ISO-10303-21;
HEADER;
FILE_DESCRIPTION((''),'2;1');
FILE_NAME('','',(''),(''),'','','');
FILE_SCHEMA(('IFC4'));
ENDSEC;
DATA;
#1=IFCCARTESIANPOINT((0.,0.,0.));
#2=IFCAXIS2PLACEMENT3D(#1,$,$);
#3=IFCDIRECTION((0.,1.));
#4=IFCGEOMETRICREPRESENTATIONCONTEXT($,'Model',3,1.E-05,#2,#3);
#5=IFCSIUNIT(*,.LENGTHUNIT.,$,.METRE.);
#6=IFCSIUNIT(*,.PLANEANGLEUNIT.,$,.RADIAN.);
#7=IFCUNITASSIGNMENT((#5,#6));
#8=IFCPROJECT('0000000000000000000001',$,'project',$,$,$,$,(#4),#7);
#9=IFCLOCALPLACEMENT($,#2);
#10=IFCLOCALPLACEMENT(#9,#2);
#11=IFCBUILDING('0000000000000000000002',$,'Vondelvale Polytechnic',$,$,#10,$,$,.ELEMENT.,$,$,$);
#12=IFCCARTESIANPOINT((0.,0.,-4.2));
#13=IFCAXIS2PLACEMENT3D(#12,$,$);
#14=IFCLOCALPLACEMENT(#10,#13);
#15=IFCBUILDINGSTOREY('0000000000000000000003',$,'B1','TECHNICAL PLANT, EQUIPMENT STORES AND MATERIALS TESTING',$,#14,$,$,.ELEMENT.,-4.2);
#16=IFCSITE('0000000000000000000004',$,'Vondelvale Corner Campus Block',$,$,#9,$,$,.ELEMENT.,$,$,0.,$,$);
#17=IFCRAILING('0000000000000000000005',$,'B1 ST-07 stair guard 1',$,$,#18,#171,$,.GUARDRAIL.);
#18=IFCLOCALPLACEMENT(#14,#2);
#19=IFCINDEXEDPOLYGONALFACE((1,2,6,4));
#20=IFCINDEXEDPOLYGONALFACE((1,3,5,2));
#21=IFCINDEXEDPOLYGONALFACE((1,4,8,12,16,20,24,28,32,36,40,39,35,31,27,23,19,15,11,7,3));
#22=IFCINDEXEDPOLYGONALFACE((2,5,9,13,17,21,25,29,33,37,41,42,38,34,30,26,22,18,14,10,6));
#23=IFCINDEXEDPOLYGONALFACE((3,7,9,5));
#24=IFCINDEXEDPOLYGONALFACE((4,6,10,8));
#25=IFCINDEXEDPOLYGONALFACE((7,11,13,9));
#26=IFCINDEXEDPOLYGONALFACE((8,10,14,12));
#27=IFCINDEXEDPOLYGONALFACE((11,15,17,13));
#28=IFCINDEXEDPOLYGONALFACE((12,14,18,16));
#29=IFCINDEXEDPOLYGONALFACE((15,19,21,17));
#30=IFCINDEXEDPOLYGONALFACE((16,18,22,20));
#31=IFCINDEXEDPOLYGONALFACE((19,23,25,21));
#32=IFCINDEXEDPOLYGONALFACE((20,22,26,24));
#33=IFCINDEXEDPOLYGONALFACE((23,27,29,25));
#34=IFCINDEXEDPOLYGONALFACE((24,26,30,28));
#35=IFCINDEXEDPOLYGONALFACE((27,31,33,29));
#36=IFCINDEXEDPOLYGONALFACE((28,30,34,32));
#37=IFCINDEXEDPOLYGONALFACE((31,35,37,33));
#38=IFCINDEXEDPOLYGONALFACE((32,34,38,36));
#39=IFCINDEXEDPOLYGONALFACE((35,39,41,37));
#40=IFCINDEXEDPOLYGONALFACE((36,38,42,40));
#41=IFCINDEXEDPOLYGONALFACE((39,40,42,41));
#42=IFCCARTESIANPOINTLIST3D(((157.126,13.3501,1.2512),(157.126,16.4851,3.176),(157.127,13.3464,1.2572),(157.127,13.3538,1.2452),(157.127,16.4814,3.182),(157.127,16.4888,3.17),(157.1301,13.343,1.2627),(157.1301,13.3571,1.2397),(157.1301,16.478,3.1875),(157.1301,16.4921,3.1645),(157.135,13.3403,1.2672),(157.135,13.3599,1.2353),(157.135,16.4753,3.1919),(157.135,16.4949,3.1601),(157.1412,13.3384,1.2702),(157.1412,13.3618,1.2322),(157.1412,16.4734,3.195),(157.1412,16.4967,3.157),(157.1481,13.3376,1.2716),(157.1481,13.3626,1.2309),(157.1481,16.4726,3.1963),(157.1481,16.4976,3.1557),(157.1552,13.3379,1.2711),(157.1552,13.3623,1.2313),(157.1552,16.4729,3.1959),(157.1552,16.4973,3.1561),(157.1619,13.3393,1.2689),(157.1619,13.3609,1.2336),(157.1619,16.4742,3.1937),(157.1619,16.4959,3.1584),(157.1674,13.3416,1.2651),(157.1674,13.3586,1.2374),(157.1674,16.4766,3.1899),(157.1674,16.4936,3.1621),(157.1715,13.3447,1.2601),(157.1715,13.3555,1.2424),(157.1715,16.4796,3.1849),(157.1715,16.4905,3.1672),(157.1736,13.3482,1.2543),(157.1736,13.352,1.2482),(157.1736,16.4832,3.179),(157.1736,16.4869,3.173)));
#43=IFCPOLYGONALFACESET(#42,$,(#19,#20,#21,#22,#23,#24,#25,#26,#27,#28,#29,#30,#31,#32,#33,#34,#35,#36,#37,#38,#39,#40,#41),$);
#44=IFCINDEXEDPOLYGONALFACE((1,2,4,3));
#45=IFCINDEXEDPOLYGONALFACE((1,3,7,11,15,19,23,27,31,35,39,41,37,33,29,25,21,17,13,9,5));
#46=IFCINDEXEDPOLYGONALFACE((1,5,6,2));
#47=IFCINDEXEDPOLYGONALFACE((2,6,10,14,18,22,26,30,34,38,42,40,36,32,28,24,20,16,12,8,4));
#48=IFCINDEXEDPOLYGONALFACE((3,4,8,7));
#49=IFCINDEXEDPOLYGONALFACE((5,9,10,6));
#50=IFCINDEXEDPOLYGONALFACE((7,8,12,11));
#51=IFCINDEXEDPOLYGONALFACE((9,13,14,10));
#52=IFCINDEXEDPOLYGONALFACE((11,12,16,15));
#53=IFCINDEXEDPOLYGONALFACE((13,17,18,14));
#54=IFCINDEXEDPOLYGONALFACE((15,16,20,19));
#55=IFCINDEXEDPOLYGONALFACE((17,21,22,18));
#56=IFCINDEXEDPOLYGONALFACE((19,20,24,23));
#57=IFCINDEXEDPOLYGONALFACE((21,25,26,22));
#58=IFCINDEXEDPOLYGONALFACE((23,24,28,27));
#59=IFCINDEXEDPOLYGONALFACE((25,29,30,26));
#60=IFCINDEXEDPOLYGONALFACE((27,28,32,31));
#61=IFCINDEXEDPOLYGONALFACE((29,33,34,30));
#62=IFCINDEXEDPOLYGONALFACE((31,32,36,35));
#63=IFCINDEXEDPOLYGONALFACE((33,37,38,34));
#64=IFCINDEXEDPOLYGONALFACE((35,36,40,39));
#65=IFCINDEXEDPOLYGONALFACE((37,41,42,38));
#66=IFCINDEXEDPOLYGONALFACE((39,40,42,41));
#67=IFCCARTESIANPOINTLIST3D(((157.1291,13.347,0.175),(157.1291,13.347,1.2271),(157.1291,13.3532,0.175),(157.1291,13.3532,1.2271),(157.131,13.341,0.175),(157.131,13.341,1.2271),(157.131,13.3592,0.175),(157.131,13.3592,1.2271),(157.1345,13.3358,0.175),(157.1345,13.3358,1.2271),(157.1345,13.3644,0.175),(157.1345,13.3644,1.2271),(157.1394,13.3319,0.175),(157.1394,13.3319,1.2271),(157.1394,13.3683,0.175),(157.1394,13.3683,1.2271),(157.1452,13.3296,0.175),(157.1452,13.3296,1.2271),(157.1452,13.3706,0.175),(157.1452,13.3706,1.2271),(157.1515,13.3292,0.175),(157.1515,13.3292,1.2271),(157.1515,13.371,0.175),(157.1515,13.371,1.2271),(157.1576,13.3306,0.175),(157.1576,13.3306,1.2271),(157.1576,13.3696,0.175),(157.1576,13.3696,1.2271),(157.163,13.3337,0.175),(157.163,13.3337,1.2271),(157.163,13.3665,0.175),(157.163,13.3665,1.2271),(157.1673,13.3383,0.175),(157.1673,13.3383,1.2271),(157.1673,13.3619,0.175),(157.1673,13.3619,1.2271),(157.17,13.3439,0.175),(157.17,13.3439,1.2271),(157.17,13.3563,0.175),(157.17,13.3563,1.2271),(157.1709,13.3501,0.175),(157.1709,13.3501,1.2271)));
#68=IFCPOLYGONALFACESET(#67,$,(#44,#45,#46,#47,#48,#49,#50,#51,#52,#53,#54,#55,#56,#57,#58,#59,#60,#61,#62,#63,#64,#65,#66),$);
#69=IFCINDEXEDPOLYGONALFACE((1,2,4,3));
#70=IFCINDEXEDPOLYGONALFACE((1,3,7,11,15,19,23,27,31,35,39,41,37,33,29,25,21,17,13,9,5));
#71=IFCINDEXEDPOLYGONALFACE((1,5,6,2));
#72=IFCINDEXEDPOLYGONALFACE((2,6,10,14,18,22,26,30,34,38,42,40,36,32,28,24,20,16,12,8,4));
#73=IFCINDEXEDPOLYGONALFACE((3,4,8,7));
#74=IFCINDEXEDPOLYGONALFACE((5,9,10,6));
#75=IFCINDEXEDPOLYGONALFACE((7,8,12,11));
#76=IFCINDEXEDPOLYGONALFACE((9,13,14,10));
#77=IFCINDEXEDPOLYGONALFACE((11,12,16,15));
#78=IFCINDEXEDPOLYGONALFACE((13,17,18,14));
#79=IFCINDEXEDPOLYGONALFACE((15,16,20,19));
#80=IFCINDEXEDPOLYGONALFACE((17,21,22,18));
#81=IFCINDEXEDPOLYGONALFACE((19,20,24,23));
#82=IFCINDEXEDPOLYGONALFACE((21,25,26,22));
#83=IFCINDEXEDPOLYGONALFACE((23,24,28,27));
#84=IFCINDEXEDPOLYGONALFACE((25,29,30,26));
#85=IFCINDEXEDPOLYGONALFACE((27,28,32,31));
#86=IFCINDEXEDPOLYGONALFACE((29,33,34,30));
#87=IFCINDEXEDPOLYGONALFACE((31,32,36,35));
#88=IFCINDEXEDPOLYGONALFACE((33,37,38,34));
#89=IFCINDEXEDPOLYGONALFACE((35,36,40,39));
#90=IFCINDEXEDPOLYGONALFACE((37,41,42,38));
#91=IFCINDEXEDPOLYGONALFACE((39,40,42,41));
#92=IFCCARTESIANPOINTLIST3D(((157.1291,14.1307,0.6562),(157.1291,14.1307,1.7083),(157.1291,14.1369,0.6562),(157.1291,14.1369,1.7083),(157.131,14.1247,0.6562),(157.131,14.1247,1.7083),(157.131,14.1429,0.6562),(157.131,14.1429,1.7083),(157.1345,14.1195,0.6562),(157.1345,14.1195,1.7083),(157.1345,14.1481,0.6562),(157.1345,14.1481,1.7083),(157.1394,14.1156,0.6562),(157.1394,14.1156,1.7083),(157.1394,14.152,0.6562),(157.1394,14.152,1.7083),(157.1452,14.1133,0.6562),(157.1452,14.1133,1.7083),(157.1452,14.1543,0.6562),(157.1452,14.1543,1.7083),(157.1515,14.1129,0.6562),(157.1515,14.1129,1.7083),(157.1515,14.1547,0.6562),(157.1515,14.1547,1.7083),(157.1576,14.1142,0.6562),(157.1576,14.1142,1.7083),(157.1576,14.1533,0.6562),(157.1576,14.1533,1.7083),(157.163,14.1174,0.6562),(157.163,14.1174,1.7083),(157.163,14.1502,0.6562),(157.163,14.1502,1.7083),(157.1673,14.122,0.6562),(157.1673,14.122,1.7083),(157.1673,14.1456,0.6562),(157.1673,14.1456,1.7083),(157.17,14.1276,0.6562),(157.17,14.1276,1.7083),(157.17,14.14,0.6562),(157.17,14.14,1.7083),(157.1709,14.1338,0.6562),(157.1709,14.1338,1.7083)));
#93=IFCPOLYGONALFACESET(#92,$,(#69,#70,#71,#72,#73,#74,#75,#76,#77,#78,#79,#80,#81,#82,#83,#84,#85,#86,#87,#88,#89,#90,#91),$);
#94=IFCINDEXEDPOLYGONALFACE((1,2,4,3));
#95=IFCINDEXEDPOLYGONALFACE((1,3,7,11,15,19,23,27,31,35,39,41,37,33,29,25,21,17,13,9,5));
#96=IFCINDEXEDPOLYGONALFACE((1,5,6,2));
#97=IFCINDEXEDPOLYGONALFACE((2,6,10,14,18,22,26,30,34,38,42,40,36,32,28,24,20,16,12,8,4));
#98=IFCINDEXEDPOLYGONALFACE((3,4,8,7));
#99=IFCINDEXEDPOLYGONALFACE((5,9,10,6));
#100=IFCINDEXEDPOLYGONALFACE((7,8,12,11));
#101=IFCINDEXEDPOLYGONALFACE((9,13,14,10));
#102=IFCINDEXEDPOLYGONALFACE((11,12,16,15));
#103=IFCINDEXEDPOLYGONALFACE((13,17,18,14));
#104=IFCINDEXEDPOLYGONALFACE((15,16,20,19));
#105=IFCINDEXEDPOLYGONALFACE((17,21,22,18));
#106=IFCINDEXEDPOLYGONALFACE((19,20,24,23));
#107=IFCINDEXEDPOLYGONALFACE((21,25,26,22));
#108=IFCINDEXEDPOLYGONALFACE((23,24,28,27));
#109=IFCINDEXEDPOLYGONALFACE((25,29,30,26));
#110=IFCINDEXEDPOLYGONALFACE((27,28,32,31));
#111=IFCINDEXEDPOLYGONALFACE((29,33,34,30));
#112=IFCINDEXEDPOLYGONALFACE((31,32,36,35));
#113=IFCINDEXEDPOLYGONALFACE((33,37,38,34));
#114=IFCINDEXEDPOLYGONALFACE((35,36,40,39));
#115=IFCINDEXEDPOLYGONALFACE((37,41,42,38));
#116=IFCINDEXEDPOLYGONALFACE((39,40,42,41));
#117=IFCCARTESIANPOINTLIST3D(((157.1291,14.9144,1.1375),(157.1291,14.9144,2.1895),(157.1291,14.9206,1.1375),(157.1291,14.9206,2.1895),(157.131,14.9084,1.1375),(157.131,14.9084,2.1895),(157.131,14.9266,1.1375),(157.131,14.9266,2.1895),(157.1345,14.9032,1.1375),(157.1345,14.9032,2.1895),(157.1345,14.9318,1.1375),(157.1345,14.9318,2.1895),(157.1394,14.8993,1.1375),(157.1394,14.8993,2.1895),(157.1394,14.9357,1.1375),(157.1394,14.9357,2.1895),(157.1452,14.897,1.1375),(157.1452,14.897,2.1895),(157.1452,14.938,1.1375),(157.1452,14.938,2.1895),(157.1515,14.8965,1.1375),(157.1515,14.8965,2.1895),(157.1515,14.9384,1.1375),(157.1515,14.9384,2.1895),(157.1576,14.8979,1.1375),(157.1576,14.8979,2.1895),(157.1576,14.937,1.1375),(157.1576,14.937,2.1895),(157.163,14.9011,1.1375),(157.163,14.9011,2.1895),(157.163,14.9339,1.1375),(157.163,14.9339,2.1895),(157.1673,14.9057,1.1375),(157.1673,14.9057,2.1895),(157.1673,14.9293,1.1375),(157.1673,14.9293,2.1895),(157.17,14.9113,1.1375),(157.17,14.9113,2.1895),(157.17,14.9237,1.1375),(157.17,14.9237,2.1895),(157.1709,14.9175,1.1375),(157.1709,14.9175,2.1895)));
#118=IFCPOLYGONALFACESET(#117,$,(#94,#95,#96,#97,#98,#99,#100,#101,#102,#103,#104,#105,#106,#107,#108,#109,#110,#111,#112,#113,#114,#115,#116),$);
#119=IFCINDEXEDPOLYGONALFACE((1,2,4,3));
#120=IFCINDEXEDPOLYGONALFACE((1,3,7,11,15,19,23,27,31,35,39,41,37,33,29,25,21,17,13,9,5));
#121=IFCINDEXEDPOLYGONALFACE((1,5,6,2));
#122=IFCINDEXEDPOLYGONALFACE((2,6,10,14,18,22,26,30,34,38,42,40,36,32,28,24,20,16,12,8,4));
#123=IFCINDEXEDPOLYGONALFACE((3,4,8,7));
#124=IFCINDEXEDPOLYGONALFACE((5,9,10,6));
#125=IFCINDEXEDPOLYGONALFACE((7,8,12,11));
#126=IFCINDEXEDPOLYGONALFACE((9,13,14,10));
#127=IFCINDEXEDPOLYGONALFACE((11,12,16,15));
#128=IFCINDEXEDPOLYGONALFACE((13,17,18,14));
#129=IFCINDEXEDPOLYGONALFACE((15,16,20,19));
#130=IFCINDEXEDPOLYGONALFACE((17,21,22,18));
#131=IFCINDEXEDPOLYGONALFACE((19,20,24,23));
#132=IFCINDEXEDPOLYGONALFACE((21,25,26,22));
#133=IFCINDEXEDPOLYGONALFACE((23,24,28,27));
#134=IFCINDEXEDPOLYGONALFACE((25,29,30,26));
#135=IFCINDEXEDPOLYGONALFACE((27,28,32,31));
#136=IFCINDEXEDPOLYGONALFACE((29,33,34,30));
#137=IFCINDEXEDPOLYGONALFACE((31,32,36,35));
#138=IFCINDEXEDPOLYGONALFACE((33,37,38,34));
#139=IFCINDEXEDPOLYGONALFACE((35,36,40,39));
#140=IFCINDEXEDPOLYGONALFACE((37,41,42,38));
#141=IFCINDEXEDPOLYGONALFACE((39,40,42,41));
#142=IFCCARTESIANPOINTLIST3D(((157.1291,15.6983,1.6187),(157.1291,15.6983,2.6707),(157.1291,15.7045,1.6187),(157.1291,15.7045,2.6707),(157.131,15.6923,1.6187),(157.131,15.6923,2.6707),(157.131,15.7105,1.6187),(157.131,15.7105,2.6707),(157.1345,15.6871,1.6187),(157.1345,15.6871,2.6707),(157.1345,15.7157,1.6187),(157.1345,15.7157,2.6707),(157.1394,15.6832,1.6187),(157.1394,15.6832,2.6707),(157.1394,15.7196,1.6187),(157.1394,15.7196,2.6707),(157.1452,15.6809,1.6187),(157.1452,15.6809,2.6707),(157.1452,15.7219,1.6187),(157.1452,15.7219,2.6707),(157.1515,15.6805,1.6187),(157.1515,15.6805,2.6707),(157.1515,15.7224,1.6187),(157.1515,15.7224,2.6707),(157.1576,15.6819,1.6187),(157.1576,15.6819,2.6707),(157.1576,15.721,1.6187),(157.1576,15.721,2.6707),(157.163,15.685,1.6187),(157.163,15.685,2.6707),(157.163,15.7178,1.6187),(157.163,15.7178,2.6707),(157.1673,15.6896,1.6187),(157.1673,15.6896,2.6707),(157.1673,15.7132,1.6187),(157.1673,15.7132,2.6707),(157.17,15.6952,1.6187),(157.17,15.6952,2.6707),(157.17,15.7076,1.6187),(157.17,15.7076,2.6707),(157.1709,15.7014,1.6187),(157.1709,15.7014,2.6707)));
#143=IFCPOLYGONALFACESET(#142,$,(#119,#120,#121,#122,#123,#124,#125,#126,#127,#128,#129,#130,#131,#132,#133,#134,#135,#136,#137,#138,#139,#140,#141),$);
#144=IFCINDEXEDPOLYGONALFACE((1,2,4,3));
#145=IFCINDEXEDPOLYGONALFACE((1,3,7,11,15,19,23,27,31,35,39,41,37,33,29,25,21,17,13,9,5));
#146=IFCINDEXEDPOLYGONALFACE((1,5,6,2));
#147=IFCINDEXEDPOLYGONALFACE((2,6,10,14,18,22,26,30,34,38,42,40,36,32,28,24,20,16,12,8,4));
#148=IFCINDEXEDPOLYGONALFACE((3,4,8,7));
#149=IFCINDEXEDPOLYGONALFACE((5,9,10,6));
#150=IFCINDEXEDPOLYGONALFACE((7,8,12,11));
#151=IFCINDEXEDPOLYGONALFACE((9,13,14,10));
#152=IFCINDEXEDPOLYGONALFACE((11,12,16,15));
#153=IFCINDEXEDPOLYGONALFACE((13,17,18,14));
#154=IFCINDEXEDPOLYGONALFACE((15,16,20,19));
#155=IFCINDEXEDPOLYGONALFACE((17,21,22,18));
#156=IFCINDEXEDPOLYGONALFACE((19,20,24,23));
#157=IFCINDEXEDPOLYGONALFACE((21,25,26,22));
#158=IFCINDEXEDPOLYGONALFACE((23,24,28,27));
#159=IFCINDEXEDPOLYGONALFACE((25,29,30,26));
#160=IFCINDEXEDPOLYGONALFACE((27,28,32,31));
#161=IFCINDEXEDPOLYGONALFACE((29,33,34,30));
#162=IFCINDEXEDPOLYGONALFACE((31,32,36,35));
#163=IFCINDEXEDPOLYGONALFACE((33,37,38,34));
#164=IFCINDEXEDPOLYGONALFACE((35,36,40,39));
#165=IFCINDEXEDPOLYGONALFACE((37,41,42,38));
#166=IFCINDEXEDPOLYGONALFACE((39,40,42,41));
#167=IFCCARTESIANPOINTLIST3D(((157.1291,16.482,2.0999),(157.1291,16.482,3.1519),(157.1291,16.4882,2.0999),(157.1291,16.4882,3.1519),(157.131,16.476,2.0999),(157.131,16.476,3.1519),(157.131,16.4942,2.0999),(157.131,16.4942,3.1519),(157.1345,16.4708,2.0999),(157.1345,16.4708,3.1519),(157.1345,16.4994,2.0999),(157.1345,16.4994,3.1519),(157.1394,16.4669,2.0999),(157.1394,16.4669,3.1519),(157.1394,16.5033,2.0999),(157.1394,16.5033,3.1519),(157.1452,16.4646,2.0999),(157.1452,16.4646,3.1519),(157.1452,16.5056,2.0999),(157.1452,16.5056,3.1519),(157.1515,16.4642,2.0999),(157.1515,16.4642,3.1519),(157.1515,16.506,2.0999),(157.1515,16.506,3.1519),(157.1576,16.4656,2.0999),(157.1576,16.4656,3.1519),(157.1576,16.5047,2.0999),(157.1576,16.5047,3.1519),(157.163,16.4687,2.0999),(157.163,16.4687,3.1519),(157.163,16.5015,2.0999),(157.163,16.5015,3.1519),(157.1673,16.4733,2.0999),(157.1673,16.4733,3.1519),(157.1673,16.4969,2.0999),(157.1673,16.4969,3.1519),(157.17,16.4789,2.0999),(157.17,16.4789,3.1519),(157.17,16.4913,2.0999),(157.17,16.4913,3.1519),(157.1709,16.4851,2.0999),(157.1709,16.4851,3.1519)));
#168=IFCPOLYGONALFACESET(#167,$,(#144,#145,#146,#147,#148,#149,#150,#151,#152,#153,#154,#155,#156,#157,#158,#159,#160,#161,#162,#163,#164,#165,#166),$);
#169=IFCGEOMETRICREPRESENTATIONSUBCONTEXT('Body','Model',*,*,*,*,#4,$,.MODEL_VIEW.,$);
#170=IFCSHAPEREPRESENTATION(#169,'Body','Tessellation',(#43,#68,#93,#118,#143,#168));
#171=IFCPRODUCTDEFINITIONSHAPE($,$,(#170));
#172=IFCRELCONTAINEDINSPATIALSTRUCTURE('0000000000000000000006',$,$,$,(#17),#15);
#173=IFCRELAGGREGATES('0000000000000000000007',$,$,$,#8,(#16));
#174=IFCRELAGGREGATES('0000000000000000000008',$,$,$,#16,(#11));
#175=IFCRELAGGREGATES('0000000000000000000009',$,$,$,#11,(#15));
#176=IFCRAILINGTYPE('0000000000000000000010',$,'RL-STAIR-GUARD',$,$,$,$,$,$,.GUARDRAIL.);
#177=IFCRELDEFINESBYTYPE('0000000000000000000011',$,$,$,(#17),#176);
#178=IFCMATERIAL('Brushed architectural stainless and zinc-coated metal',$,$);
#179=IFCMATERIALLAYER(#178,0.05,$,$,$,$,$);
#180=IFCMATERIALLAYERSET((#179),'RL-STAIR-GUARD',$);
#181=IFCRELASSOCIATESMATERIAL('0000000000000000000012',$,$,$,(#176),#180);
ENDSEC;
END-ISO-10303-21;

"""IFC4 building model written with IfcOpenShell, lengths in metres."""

from ifc_helpers import new_model, si_unit, direction, frame, origin, origin_2d, place, context, subcontext, project, spatial, circle, extrude, material, layer, layer_set, type_object, element, save


model = new_model("IFC4")

# Units and contexts
model_context = context("Model", 3, precision=1e-05, world=origin(), true_north=direction((0.0, 1.0)))
body_context = subcontext(model_context, "Body", "Model", "MODEL_VIEW")
ifc_project = project(units=[si_unit("LENGTHUNIT", "METRE"), si_unit("PLANEANGLEUNIT", "RADIAN")], contexts=[model_context])

# Site, building, storey
site_placement = place(None, origin())
site = spatial("IfcSite", under=ifc_project, at=site_placement, Name="Vondelvale Corner Campus Block", CompositionType="ELEMENT", RefElevation=0.0)
building_placement = place(site_placement, origin())
building = spatial("IfcBuilding", under=site, at=building_placement, Name="Vondelvale Polytechnic", CompositionType="ELEMENT")
storey_placement = place(building_placement, frame((0.0, 0.0, -4.2)))
storey = spatial("IfcBuildingStorey", under=building, at=storey_placement, Name="B1", Description="TECHNICAL PLANT, EQUIPMENT STORES AND MATERIALS TESTING", CompositionType="ELEMENT", Elevation=-4.2)

# Shared definitions
ifc_material_1 = material(Name="Brushed architectural stainless and zinc-coated metal")

# Railing
ifc_layer_1 = layer(ifc_material_1, 0.05)
ifc_layer_set_1 = layer_set([ifc_layer_1], Name="RL-STAIR-GUARD")
railing_type_1 = type_object("IfcRailingType", Name="RL-STAIR-GUARD", PredefinedType="GUARDRAIL", material=ifc_layer_set_1)
railing_1_placement = place(storey_placement, frame((157.1499, 13.3501, 0.175)))
element("IfcRailing", 1, at=railing_1_placement, inside=storey, type_object=railing_type_1, Name="B1 ST-07 stair guard 1", PredefinedType="GUARDRAIL", context=body_context, shape_type="SweptSolid", body=[
    extrude(circle(Radius=0.0239, at=origin_2d()), frame((0.0, 0.0, 1.0762), z_axis=(0.0, 0.852196, 0.523223), x_axis=(-1.0, 0.0, 0.0)), (0.0, 0.0, 1.0), 3.6787),
    extrude(circle(Radius=0.021, at=origin_2d()), origin(), (0.0, 0.0, 1.0), 1.052),
    extrude(circle(Radius=0.021, at=origin_2d()), frame((0.0, 0.7837, 0.4812)), (0.0, 0.0, 1.0), 1.052),
    extrude(circle(Radius=0.021, at=origin_2d()), frame((0.0, 1.5674, 0.9624)), (0.0, 0.0, 1.0), 1.052),
    extrude(circle(Radius=0.021, at=origin_2d()), frame((0.0, 2.3513, 1.4436)), (0.0, 0.0, 1.0), 1.052),
    extrude(circle(Radius=0.021, at=origin_2d()), frame((0.0, 3.135, 1.9248)), (0.0, 0.0, 1.0), 1.052),
])

save(model, "model.ifc")
